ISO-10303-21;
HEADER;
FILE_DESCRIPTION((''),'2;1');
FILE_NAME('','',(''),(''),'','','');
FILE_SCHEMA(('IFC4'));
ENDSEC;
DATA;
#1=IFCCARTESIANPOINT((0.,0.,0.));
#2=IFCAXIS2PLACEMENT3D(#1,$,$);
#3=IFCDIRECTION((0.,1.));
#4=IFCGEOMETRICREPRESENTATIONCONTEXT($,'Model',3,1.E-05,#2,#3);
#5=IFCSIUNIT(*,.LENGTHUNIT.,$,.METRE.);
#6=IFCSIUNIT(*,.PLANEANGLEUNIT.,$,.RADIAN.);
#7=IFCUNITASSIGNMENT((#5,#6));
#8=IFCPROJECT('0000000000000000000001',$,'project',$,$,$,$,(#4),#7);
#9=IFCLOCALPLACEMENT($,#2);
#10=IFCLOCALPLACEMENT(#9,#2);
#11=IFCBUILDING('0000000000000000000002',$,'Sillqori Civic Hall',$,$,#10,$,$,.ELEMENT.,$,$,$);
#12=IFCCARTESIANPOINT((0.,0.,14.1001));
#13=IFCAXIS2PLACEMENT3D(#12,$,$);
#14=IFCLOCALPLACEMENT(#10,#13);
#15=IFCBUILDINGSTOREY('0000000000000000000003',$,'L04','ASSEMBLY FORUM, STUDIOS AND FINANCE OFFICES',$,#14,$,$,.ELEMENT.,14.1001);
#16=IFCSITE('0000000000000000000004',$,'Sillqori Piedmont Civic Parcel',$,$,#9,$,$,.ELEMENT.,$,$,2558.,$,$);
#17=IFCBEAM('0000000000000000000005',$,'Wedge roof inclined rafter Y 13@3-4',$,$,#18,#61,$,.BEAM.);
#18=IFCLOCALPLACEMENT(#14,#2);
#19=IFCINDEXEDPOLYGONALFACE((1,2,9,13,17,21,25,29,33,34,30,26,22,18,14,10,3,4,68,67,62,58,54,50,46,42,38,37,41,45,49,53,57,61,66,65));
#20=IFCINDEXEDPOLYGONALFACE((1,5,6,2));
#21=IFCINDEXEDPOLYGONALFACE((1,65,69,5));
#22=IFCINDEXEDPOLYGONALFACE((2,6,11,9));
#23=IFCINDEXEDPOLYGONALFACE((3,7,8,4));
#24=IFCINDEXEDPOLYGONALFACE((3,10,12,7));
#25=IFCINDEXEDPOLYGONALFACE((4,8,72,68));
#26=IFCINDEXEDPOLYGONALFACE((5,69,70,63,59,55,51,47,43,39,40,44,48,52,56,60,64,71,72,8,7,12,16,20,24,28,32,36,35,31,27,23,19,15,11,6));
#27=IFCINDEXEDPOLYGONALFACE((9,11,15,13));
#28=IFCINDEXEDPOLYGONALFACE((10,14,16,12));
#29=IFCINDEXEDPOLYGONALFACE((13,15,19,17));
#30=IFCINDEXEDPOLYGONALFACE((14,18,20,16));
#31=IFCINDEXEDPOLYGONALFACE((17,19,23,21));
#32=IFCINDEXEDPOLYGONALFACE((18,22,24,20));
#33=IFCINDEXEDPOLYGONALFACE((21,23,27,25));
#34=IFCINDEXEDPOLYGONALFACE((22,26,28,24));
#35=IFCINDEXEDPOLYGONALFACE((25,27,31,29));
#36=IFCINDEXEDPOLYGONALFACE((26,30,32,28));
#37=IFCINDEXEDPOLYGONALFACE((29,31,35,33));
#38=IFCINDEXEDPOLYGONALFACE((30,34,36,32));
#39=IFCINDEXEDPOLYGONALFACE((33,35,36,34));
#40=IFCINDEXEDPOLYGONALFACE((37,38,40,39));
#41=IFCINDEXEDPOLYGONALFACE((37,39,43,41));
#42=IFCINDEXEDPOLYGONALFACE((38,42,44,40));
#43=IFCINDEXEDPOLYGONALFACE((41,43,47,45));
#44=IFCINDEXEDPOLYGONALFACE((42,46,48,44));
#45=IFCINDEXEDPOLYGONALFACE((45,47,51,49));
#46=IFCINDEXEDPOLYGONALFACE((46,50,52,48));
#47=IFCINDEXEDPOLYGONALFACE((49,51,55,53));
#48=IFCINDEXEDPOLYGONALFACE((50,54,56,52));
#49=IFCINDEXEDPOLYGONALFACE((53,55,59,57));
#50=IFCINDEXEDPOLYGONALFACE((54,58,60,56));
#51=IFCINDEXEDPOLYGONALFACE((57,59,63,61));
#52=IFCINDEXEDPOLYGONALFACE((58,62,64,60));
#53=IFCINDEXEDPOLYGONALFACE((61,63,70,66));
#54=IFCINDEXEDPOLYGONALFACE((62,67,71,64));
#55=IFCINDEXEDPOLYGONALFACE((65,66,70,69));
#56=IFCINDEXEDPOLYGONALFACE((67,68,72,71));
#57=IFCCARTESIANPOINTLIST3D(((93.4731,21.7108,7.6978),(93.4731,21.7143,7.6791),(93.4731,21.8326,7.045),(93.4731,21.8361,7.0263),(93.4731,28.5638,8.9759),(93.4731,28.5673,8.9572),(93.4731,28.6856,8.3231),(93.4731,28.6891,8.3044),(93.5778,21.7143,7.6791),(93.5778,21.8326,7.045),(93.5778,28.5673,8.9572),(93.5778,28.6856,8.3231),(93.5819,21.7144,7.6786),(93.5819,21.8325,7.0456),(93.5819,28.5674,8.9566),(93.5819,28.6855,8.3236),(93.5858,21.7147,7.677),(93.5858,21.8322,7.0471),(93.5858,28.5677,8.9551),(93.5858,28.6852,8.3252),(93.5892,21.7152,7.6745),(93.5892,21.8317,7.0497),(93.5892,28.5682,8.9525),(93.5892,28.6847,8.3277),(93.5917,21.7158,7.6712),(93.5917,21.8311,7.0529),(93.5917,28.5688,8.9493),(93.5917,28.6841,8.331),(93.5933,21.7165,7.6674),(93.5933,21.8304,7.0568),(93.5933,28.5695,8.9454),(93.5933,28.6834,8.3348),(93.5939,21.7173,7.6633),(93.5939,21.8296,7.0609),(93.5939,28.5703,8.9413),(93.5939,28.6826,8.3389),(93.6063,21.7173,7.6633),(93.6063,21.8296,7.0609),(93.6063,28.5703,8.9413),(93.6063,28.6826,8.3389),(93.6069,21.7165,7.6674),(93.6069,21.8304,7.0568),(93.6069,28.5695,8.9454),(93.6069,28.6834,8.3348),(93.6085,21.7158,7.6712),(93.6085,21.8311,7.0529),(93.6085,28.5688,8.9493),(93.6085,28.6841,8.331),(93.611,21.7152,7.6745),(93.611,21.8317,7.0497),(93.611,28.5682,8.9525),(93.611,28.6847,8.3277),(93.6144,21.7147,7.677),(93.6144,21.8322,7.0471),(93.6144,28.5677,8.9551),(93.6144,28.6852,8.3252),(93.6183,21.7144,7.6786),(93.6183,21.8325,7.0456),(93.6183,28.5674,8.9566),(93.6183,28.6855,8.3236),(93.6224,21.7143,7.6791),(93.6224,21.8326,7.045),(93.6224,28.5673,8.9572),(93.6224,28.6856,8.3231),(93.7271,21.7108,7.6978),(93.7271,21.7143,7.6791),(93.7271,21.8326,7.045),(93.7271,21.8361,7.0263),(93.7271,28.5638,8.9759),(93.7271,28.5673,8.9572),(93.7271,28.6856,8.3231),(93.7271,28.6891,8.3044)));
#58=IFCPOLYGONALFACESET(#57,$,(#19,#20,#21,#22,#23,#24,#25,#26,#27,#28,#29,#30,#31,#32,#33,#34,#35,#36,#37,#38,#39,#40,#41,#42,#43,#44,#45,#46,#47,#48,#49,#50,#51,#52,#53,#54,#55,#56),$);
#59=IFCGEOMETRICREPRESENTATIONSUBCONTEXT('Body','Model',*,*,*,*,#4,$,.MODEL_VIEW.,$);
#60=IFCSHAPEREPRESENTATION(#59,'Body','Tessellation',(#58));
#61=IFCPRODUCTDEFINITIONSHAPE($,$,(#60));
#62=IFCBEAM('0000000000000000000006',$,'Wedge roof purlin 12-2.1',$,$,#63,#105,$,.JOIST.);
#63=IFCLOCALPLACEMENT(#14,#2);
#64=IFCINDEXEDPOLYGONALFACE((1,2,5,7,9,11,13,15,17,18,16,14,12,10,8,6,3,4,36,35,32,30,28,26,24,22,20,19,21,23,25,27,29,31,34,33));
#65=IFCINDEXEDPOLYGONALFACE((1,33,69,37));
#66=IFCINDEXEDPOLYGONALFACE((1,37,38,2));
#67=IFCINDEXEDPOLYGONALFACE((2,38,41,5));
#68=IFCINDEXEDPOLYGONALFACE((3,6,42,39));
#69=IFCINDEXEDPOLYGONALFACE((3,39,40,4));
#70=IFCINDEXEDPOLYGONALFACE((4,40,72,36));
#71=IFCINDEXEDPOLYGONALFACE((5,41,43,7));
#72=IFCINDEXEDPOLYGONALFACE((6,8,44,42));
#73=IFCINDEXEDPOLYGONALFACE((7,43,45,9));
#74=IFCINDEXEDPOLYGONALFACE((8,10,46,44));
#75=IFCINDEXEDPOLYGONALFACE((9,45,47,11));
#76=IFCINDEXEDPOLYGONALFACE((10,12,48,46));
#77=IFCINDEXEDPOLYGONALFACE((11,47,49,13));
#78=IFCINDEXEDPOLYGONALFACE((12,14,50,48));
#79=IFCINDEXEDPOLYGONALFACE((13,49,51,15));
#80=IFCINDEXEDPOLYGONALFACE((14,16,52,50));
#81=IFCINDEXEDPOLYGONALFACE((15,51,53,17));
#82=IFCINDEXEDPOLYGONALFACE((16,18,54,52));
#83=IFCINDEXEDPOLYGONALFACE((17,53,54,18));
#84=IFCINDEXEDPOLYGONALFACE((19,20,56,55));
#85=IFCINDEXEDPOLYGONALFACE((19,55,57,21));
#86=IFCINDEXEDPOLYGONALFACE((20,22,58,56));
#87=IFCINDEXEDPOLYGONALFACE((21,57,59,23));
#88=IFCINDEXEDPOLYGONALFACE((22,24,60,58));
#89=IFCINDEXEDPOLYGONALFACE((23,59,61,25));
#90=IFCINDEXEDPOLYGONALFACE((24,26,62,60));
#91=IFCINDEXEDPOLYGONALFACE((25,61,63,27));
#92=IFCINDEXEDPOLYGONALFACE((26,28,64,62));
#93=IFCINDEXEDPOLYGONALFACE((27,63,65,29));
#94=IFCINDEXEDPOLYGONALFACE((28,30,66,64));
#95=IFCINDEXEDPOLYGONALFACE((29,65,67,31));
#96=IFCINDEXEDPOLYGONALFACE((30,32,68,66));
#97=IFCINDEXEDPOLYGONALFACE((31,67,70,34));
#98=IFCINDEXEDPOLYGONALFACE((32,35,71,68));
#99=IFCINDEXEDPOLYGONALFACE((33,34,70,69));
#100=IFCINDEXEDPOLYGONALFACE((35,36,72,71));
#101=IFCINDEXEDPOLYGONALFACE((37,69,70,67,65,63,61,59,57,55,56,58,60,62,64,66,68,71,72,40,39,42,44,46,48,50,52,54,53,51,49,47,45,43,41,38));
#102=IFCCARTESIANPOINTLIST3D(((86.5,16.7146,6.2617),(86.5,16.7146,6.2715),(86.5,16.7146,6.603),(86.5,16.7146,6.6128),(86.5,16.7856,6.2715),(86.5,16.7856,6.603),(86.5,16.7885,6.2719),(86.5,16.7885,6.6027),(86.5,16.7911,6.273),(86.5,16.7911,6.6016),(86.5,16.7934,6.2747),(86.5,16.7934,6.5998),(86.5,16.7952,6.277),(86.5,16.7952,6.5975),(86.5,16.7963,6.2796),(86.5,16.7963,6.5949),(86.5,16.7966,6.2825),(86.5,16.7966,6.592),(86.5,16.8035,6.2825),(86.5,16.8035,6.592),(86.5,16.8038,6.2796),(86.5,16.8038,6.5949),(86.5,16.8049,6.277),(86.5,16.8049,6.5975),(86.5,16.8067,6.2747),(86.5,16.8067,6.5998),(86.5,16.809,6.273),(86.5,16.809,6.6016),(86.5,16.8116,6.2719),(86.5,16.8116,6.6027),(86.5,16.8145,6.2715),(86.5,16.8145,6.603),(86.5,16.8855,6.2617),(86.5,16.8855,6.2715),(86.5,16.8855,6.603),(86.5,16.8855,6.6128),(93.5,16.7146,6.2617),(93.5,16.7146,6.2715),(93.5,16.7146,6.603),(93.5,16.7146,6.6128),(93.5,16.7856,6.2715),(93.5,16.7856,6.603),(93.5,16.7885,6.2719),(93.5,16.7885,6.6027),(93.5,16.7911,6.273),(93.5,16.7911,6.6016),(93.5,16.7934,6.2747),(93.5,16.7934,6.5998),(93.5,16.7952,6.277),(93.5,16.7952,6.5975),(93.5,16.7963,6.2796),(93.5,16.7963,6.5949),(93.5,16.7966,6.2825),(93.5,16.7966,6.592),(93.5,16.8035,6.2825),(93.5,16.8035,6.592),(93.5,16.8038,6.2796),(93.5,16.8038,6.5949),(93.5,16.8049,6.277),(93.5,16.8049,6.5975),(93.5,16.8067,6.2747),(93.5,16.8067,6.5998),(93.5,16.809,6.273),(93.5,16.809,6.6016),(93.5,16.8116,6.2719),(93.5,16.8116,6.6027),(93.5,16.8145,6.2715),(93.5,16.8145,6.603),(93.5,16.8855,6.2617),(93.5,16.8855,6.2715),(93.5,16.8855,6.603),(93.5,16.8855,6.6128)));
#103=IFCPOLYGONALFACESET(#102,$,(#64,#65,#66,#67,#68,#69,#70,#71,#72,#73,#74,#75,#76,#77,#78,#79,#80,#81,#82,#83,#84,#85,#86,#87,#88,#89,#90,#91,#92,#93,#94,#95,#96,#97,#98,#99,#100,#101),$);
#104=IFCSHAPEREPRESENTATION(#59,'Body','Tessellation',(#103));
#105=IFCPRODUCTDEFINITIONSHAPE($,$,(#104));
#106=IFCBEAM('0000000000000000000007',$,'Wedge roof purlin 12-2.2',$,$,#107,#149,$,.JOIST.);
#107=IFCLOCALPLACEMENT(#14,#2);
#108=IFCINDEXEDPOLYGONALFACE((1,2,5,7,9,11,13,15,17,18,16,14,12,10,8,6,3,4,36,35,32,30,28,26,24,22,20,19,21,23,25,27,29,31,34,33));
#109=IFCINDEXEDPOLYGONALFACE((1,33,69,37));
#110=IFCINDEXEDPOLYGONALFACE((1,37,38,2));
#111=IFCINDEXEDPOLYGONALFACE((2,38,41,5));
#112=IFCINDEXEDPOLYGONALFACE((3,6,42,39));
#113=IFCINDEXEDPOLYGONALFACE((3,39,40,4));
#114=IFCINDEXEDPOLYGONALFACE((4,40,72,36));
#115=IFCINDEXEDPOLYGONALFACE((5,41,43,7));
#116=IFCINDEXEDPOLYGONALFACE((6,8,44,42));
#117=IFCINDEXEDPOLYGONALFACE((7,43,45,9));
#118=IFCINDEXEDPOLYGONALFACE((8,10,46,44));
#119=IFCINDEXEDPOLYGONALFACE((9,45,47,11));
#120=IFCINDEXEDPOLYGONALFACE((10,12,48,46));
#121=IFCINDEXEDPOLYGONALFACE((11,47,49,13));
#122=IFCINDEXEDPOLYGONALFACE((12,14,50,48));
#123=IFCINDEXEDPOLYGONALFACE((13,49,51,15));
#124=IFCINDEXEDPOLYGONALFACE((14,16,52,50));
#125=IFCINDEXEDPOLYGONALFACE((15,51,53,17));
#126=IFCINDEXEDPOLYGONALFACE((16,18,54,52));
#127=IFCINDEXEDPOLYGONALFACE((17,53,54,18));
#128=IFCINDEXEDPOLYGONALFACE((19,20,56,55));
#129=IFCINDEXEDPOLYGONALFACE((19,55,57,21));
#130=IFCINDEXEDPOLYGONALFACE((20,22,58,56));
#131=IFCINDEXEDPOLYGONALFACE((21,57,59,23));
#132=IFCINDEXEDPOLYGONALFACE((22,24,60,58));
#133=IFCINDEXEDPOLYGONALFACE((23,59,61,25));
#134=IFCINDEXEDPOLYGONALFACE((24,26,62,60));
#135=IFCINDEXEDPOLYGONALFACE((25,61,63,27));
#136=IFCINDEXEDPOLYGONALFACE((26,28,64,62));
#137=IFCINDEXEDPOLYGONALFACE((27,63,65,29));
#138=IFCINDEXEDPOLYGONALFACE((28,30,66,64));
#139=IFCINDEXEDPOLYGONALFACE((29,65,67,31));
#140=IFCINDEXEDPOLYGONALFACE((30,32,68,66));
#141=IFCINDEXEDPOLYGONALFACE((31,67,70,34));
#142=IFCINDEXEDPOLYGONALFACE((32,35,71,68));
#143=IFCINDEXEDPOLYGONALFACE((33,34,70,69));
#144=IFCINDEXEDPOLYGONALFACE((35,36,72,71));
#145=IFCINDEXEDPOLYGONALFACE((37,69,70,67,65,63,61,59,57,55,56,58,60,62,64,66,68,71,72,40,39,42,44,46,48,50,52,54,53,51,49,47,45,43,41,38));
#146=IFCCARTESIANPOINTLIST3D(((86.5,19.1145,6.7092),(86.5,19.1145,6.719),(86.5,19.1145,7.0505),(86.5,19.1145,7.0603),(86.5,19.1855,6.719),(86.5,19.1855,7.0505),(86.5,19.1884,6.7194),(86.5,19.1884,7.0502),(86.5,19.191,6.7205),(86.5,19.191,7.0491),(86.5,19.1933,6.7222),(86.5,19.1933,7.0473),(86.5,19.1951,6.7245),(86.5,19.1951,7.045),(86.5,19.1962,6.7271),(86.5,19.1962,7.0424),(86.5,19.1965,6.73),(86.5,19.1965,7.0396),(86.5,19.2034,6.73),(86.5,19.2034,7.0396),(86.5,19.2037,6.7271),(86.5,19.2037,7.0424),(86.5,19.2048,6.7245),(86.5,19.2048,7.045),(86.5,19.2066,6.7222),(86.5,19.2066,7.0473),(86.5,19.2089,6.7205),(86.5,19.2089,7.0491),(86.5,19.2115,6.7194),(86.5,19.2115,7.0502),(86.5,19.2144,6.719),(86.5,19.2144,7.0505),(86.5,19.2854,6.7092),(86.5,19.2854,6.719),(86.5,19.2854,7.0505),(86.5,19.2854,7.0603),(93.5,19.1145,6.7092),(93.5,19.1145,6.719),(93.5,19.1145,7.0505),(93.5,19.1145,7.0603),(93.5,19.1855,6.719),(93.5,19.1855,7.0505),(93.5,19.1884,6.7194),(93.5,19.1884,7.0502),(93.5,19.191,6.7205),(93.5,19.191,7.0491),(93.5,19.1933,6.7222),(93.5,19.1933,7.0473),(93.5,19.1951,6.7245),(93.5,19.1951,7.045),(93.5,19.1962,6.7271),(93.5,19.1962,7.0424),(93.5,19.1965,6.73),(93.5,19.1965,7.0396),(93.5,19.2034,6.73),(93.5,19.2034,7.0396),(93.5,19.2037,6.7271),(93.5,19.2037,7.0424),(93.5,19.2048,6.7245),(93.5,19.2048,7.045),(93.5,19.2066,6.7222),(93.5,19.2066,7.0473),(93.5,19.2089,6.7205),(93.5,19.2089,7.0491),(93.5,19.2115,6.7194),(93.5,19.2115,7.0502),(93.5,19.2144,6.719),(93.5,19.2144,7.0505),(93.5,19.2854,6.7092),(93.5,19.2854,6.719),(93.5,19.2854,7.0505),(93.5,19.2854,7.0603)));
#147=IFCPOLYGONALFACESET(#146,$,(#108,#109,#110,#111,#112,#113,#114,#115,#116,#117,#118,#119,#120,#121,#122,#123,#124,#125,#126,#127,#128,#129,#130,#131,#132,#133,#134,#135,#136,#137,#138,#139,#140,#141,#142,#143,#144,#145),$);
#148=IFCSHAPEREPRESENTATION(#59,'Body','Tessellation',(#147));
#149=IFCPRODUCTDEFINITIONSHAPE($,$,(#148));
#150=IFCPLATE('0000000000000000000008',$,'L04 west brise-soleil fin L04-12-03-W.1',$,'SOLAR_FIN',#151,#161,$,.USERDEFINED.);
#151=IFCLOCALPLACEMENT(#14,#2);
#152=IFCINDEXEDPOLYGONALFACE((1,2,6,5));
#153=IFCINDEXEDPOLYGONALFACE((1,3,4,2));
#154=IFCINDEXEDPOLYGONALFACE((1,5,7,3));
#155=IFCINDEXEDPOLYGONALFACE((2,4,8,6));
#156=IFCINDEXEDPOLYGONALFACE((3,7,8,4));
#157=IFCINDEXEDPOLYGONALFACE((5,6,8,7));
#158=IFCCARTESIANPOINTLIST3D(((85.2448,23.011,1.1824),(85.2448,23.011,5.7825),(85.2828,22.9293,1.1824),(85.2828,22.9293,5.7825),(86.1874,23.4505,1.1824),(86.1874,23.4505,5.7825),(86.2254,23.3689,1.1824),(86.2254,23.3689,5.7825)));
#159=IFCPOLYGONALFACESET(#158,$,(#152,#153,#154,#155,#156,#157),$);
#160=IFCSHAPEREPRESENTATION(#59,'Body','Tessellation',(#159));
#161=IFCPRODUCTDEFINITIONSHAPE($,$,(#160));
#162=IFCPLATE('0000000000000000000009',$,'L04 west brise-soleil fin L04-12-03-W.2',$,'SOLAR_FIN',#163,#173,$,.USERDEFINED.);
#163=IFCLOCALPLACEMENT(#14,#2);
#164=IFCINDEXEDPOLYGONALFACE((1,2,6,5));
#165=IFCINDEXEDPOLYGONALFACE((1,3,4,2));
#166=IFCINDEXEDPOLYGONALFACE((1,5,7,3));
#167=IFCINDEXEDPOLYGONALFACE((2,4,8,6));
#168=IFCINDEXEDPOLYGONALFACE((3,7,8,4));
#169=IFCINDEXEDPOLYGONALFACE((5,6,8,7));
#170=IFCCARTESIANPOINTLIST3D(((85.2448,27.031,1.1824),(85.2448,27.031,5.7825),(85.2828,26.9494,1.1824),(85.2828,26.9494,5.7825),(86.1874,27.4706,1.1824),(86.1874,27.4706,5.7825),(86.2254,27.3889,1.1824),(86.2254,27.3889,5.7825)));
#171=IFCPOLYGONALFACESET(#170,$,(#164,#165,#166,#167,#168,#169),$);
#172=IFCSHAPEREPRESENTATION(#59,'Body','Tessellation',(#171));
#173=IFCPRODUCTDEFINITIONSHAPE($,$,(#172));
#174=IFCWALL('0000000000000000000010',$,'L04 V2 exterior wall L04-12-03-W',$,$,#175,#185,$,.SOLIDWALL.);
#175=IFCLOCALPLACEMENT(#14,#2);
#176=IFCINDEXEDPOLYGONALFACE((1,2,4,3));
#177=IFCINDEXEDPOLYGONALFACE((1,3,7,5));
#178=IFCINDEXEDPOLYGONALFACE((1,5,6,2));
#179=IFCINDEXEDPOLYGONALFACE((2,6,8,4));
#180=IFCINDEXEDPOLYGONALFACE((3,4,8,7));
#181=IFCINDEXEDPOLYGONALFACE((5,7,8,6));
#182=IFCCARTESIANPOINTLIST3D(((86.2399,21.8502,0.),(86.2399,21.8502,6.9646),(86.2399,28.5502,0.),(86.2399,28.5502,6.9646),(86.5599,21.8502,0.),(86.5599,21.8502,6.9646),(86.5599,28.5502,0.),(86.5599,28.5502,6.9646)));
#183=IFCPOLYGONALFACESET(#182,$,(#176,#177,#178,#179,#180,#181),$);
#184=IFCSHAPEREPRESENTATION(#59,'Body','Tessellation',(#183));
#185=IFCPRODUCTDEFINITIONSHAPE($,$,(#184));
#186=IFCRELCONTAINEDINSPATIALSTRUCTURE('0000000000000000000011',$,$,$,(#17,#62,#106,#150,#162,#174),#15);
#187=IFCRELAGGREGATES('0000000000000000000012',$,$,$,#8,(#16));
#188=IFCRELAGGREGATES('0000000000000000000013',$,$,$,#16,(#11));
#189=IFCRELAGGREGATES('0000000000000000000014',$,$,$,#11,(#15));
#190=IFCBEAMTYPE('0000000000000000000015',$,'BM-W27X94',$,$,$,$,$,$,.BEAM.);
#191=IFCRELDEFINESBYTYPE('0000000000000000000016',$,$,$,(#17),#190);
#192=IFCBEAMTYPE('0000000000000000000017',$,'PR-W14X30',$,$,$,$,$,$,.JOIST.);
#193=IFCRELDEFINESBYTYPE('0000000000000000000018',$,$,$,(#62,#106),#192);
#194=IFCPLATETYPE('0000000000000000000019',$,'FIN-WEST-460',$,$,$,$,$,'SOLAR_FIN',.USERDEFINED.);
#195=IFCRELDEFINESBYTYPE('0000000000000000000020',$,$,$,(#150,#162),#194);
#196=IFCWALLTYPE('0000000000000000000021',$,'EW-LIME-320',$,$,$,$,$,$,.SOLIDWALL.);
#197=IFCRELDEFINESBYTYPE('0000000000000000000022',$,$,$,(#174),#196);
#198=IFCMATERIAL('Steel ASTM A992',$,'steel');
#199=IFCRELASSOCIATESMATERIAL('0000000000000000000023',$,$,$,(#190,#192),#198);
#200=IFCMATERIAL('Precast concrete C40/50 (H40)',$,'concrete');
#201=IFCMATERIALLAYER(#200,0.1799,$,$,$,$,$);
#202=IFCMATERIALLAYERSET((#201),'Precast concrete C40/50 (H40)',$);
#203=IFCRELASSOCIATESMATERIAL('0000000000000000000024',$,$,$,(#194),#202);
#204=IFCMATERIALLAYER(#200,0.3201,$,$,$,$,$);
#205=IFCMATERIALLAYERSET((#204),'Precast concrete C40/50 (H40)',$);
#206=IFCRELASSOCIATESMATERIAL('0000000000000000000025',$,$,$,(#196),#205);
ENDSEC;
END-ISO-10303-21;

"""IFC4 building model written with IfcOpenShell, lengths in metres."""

from ifc_helpers import new_model, si_unit, direction, frame, frame_2d, origin, origin_2d, place, context, subcontext, project, spatial, rectangle, i_section, extrude, material, layer, layer_set, material_profile, profile_set, type_object, element, save


model = new_model("IFC4")

# Units and contexts
model_context = context("Model", 3, precision=1e-05, world=origin(), true_north=direction((0.0, 1.0)))
body_context = subcontext(model_context, "Body", "Model", "MODEL_VIEW")
ifc_project = project(units=[si_unit("LENGTHUNIT", "METRE"), si_unit("PLANEANGLEUNIT", "RADIAN")], contexts=[model_context])

# Site, building, storey
site_placement = place(None, origin())
site = spatial("IfcSite", under=ifc_project, at=site_placement, Name="Sillqori Piedmont Civic Parcel", CompositionType="ELEMENT", RefElevation=2558.0)
building_placement = place(site_placement, origin())
building = spatial("IfcBuilding", under=site, at=building_placement, Name="Sillqori Civic Hall", CompositionType="ELEMENT")
storey_placement = place(building_placement, frame((0.0, 0.0, 14.1001)))
storey = spatial("IfcBuildingStorey", under=building, at=storey_placement, Name="L04", Description="ASSEMBLY FORUM, STUDIOS AND FINANCE OFFICES", CompositionType="ELEMENT", Elevation=14.1001)

# Shared definitions
ifc_material_1 = material(Name="Steel ASTM A992", Category="steel")

# Beams
ifc_material_profile_1 = material_profile(ifc_material_1, i_section(OverallWidth=0.2539, OverallDepth=0.6831, WebThickness=0.0125, FlangeThickness=0.019, FilletRadius=0.0161, at=origin_2d()), Name="W27X94")
ifc_profile_set_1 = profile_set([ifc_material_profile_1], Name="Steel ASTM A992")
beam_type_1 = type_object("IfcBeamType", Name="BM-W27X94", PredefinedType="BEAM", material=ifc_profile_set_1)
for number, where, z_axis, x_axis, name in (
    (1, (93.6001, 21.7734, 7.3621), (0.0, 0.98305, 0.183337), (-1.0, 0.0, 0.0), "Wedge roof inclined rafter Y 13@3-4"),
):
    element("IfcBeam", number, at=place(storey_placement, frame(where, z_axis=z_axis, x_axis=x_axis)), inside=storey, type_object=beam_type_1, Name=name, PredefinedType="BEAM", context=body_context, shape_type="SweptSolid", body=[
        extrude(i_section(OverallWidth=0.2539, OverallDepth=0.6831, WebThickness=0.0125, FlangeThickness=0.019, FilletRadius=0.0161, at=origin_2d()), origin(), (0.0, 0.0, 1.0), 6.9712),
    ])
ifc_material_profile_2 = material_profile(ifc_material_1, i_section(OverallWidth=0.1709, OverallDepth=0.3511, WebThickness=0.0068, FlangeThickness=0.0098, FilletRadius=0.011, at=origin_2d()), Name="W14X30")
ifc_profile_set_2 = profile_set([ifc_material_profile_2], Name="Steel ASTM A992")
beam_type_2 = type_object("IfcBeamType", Name="PR-W14X30", PredefinedType="JOIST", material=ifc_profile_set_2)
for number, where, z_axis, x_axis, name in (
    (2, (86.5, 16.8, 6.4373), (1.0, 0.0, 0.0), (0.0, 1.0, 0.0), "Wedge roof purlin 12-2.1"),
    (3, (86.5, 19.2, 6.8848), (1.0, 0.0, 0.0), (0.0, 1.0, 0.0), "Wedge roof purlin 12-2.2"),
):
    element("IfcBeam", number, at=place(storey_placement, frame(where, z_axis=z_axis, x_axis=x_axis)), inside=storey, type_object=beam_type_2, Name=name, PredefinedType="JOIST", context=body_context, shape_type="SweptSolid", body=[
        extrude(i_section(OverallWidth=0.1709, OverallDepth=0.3511, WebThickness=0.0068, FlangeThickness=0.0098, FilletRadius=0.011, at=origin_2d()), origin(), (0.0, 0.0, 1.0), 7.0),
    ])

# Plates
ifc_material_2 = material(Name="Precast concrete C40/50 (H40)", Category="concrete")
ifc_layer_1 = layer(ifc_material_2, 0.1799)
ifc_layer_set_1 = layer_set([ifc_layer_1], Name="Precast concrete C40/50 (H40)")
plate_type = type_object("IfcPlateType", Name="FIN-WEST-460", ElementType="SOLAR_FIN", PredefinedType="USERDEFINED", material=ifc_layer_set_1)
for number, where, z_axis, x_axis, name in (
    (4, (85.7351, 23.1899, 1.1824), (0.0, 0.0, 1.0), (-0.422618, 0.906308, 0.0), "L04 west brise-soleil fin L04-12-03-W.1"),
    (5, (85.7351, 27.21, 1.1824), (0.0, 0.0, 1.0), (-0.422618, 0.906308, 0.0), "L04 west brise-soleil fin L04-12-03-W.2"),
):
    element("IfcPlate", number, at=place(storey_placement, frame(where, z_axis=z_axis, x_axis=x_axis)), inside=storey, type_object=plate_type, Name=name, ObjectType="SOLAR_FIN", PredefinedType="USERDEFINED", context=body_context, shape_type="SweptSolid", body=[
        extrude(rectangle(XDim=0.0901, YDim=1.04, at=origin_2d()), origin(), (0.0, 0.0, 1.0), 4.6001),
    ])

# Wall
ifc_layer_2 = layer(ifc_material_2, 0.3201)
ifc_layer_set_2 = layer_set([ifc_layer_2], Name="Precast concrete C40/50 (H40)")
wall_type_1 = type_object("IfcWallType", Name="EW-LIME-320", PredefinedType="SOLIDWALL", material=ifc_layer_set_2)
wall_1_placement = place(storey_placement, frame((86.3999, 21.8501, 0.0), z_axis=(0.0, 0.0, 1.0), x_axis=(0.0, 1.0, 0.0)))
element("IfcWall", 6, at=wall_1_placement, inside=storey, type_object=wall_type_1, Name="L04 V2 exterior wall L04-12-03-W", PredefinedType="SOLIDWALL", context=body_context, shape_type="SweptSolid", body=[
    extrude(rectangle(XDim=6.7, YDim=0.3201, at=frame_2d((3.3501, 0.0))), origin(), (0.0, 0.0, 1.0), 6.9646),
])

save(model, "model.ifc")
